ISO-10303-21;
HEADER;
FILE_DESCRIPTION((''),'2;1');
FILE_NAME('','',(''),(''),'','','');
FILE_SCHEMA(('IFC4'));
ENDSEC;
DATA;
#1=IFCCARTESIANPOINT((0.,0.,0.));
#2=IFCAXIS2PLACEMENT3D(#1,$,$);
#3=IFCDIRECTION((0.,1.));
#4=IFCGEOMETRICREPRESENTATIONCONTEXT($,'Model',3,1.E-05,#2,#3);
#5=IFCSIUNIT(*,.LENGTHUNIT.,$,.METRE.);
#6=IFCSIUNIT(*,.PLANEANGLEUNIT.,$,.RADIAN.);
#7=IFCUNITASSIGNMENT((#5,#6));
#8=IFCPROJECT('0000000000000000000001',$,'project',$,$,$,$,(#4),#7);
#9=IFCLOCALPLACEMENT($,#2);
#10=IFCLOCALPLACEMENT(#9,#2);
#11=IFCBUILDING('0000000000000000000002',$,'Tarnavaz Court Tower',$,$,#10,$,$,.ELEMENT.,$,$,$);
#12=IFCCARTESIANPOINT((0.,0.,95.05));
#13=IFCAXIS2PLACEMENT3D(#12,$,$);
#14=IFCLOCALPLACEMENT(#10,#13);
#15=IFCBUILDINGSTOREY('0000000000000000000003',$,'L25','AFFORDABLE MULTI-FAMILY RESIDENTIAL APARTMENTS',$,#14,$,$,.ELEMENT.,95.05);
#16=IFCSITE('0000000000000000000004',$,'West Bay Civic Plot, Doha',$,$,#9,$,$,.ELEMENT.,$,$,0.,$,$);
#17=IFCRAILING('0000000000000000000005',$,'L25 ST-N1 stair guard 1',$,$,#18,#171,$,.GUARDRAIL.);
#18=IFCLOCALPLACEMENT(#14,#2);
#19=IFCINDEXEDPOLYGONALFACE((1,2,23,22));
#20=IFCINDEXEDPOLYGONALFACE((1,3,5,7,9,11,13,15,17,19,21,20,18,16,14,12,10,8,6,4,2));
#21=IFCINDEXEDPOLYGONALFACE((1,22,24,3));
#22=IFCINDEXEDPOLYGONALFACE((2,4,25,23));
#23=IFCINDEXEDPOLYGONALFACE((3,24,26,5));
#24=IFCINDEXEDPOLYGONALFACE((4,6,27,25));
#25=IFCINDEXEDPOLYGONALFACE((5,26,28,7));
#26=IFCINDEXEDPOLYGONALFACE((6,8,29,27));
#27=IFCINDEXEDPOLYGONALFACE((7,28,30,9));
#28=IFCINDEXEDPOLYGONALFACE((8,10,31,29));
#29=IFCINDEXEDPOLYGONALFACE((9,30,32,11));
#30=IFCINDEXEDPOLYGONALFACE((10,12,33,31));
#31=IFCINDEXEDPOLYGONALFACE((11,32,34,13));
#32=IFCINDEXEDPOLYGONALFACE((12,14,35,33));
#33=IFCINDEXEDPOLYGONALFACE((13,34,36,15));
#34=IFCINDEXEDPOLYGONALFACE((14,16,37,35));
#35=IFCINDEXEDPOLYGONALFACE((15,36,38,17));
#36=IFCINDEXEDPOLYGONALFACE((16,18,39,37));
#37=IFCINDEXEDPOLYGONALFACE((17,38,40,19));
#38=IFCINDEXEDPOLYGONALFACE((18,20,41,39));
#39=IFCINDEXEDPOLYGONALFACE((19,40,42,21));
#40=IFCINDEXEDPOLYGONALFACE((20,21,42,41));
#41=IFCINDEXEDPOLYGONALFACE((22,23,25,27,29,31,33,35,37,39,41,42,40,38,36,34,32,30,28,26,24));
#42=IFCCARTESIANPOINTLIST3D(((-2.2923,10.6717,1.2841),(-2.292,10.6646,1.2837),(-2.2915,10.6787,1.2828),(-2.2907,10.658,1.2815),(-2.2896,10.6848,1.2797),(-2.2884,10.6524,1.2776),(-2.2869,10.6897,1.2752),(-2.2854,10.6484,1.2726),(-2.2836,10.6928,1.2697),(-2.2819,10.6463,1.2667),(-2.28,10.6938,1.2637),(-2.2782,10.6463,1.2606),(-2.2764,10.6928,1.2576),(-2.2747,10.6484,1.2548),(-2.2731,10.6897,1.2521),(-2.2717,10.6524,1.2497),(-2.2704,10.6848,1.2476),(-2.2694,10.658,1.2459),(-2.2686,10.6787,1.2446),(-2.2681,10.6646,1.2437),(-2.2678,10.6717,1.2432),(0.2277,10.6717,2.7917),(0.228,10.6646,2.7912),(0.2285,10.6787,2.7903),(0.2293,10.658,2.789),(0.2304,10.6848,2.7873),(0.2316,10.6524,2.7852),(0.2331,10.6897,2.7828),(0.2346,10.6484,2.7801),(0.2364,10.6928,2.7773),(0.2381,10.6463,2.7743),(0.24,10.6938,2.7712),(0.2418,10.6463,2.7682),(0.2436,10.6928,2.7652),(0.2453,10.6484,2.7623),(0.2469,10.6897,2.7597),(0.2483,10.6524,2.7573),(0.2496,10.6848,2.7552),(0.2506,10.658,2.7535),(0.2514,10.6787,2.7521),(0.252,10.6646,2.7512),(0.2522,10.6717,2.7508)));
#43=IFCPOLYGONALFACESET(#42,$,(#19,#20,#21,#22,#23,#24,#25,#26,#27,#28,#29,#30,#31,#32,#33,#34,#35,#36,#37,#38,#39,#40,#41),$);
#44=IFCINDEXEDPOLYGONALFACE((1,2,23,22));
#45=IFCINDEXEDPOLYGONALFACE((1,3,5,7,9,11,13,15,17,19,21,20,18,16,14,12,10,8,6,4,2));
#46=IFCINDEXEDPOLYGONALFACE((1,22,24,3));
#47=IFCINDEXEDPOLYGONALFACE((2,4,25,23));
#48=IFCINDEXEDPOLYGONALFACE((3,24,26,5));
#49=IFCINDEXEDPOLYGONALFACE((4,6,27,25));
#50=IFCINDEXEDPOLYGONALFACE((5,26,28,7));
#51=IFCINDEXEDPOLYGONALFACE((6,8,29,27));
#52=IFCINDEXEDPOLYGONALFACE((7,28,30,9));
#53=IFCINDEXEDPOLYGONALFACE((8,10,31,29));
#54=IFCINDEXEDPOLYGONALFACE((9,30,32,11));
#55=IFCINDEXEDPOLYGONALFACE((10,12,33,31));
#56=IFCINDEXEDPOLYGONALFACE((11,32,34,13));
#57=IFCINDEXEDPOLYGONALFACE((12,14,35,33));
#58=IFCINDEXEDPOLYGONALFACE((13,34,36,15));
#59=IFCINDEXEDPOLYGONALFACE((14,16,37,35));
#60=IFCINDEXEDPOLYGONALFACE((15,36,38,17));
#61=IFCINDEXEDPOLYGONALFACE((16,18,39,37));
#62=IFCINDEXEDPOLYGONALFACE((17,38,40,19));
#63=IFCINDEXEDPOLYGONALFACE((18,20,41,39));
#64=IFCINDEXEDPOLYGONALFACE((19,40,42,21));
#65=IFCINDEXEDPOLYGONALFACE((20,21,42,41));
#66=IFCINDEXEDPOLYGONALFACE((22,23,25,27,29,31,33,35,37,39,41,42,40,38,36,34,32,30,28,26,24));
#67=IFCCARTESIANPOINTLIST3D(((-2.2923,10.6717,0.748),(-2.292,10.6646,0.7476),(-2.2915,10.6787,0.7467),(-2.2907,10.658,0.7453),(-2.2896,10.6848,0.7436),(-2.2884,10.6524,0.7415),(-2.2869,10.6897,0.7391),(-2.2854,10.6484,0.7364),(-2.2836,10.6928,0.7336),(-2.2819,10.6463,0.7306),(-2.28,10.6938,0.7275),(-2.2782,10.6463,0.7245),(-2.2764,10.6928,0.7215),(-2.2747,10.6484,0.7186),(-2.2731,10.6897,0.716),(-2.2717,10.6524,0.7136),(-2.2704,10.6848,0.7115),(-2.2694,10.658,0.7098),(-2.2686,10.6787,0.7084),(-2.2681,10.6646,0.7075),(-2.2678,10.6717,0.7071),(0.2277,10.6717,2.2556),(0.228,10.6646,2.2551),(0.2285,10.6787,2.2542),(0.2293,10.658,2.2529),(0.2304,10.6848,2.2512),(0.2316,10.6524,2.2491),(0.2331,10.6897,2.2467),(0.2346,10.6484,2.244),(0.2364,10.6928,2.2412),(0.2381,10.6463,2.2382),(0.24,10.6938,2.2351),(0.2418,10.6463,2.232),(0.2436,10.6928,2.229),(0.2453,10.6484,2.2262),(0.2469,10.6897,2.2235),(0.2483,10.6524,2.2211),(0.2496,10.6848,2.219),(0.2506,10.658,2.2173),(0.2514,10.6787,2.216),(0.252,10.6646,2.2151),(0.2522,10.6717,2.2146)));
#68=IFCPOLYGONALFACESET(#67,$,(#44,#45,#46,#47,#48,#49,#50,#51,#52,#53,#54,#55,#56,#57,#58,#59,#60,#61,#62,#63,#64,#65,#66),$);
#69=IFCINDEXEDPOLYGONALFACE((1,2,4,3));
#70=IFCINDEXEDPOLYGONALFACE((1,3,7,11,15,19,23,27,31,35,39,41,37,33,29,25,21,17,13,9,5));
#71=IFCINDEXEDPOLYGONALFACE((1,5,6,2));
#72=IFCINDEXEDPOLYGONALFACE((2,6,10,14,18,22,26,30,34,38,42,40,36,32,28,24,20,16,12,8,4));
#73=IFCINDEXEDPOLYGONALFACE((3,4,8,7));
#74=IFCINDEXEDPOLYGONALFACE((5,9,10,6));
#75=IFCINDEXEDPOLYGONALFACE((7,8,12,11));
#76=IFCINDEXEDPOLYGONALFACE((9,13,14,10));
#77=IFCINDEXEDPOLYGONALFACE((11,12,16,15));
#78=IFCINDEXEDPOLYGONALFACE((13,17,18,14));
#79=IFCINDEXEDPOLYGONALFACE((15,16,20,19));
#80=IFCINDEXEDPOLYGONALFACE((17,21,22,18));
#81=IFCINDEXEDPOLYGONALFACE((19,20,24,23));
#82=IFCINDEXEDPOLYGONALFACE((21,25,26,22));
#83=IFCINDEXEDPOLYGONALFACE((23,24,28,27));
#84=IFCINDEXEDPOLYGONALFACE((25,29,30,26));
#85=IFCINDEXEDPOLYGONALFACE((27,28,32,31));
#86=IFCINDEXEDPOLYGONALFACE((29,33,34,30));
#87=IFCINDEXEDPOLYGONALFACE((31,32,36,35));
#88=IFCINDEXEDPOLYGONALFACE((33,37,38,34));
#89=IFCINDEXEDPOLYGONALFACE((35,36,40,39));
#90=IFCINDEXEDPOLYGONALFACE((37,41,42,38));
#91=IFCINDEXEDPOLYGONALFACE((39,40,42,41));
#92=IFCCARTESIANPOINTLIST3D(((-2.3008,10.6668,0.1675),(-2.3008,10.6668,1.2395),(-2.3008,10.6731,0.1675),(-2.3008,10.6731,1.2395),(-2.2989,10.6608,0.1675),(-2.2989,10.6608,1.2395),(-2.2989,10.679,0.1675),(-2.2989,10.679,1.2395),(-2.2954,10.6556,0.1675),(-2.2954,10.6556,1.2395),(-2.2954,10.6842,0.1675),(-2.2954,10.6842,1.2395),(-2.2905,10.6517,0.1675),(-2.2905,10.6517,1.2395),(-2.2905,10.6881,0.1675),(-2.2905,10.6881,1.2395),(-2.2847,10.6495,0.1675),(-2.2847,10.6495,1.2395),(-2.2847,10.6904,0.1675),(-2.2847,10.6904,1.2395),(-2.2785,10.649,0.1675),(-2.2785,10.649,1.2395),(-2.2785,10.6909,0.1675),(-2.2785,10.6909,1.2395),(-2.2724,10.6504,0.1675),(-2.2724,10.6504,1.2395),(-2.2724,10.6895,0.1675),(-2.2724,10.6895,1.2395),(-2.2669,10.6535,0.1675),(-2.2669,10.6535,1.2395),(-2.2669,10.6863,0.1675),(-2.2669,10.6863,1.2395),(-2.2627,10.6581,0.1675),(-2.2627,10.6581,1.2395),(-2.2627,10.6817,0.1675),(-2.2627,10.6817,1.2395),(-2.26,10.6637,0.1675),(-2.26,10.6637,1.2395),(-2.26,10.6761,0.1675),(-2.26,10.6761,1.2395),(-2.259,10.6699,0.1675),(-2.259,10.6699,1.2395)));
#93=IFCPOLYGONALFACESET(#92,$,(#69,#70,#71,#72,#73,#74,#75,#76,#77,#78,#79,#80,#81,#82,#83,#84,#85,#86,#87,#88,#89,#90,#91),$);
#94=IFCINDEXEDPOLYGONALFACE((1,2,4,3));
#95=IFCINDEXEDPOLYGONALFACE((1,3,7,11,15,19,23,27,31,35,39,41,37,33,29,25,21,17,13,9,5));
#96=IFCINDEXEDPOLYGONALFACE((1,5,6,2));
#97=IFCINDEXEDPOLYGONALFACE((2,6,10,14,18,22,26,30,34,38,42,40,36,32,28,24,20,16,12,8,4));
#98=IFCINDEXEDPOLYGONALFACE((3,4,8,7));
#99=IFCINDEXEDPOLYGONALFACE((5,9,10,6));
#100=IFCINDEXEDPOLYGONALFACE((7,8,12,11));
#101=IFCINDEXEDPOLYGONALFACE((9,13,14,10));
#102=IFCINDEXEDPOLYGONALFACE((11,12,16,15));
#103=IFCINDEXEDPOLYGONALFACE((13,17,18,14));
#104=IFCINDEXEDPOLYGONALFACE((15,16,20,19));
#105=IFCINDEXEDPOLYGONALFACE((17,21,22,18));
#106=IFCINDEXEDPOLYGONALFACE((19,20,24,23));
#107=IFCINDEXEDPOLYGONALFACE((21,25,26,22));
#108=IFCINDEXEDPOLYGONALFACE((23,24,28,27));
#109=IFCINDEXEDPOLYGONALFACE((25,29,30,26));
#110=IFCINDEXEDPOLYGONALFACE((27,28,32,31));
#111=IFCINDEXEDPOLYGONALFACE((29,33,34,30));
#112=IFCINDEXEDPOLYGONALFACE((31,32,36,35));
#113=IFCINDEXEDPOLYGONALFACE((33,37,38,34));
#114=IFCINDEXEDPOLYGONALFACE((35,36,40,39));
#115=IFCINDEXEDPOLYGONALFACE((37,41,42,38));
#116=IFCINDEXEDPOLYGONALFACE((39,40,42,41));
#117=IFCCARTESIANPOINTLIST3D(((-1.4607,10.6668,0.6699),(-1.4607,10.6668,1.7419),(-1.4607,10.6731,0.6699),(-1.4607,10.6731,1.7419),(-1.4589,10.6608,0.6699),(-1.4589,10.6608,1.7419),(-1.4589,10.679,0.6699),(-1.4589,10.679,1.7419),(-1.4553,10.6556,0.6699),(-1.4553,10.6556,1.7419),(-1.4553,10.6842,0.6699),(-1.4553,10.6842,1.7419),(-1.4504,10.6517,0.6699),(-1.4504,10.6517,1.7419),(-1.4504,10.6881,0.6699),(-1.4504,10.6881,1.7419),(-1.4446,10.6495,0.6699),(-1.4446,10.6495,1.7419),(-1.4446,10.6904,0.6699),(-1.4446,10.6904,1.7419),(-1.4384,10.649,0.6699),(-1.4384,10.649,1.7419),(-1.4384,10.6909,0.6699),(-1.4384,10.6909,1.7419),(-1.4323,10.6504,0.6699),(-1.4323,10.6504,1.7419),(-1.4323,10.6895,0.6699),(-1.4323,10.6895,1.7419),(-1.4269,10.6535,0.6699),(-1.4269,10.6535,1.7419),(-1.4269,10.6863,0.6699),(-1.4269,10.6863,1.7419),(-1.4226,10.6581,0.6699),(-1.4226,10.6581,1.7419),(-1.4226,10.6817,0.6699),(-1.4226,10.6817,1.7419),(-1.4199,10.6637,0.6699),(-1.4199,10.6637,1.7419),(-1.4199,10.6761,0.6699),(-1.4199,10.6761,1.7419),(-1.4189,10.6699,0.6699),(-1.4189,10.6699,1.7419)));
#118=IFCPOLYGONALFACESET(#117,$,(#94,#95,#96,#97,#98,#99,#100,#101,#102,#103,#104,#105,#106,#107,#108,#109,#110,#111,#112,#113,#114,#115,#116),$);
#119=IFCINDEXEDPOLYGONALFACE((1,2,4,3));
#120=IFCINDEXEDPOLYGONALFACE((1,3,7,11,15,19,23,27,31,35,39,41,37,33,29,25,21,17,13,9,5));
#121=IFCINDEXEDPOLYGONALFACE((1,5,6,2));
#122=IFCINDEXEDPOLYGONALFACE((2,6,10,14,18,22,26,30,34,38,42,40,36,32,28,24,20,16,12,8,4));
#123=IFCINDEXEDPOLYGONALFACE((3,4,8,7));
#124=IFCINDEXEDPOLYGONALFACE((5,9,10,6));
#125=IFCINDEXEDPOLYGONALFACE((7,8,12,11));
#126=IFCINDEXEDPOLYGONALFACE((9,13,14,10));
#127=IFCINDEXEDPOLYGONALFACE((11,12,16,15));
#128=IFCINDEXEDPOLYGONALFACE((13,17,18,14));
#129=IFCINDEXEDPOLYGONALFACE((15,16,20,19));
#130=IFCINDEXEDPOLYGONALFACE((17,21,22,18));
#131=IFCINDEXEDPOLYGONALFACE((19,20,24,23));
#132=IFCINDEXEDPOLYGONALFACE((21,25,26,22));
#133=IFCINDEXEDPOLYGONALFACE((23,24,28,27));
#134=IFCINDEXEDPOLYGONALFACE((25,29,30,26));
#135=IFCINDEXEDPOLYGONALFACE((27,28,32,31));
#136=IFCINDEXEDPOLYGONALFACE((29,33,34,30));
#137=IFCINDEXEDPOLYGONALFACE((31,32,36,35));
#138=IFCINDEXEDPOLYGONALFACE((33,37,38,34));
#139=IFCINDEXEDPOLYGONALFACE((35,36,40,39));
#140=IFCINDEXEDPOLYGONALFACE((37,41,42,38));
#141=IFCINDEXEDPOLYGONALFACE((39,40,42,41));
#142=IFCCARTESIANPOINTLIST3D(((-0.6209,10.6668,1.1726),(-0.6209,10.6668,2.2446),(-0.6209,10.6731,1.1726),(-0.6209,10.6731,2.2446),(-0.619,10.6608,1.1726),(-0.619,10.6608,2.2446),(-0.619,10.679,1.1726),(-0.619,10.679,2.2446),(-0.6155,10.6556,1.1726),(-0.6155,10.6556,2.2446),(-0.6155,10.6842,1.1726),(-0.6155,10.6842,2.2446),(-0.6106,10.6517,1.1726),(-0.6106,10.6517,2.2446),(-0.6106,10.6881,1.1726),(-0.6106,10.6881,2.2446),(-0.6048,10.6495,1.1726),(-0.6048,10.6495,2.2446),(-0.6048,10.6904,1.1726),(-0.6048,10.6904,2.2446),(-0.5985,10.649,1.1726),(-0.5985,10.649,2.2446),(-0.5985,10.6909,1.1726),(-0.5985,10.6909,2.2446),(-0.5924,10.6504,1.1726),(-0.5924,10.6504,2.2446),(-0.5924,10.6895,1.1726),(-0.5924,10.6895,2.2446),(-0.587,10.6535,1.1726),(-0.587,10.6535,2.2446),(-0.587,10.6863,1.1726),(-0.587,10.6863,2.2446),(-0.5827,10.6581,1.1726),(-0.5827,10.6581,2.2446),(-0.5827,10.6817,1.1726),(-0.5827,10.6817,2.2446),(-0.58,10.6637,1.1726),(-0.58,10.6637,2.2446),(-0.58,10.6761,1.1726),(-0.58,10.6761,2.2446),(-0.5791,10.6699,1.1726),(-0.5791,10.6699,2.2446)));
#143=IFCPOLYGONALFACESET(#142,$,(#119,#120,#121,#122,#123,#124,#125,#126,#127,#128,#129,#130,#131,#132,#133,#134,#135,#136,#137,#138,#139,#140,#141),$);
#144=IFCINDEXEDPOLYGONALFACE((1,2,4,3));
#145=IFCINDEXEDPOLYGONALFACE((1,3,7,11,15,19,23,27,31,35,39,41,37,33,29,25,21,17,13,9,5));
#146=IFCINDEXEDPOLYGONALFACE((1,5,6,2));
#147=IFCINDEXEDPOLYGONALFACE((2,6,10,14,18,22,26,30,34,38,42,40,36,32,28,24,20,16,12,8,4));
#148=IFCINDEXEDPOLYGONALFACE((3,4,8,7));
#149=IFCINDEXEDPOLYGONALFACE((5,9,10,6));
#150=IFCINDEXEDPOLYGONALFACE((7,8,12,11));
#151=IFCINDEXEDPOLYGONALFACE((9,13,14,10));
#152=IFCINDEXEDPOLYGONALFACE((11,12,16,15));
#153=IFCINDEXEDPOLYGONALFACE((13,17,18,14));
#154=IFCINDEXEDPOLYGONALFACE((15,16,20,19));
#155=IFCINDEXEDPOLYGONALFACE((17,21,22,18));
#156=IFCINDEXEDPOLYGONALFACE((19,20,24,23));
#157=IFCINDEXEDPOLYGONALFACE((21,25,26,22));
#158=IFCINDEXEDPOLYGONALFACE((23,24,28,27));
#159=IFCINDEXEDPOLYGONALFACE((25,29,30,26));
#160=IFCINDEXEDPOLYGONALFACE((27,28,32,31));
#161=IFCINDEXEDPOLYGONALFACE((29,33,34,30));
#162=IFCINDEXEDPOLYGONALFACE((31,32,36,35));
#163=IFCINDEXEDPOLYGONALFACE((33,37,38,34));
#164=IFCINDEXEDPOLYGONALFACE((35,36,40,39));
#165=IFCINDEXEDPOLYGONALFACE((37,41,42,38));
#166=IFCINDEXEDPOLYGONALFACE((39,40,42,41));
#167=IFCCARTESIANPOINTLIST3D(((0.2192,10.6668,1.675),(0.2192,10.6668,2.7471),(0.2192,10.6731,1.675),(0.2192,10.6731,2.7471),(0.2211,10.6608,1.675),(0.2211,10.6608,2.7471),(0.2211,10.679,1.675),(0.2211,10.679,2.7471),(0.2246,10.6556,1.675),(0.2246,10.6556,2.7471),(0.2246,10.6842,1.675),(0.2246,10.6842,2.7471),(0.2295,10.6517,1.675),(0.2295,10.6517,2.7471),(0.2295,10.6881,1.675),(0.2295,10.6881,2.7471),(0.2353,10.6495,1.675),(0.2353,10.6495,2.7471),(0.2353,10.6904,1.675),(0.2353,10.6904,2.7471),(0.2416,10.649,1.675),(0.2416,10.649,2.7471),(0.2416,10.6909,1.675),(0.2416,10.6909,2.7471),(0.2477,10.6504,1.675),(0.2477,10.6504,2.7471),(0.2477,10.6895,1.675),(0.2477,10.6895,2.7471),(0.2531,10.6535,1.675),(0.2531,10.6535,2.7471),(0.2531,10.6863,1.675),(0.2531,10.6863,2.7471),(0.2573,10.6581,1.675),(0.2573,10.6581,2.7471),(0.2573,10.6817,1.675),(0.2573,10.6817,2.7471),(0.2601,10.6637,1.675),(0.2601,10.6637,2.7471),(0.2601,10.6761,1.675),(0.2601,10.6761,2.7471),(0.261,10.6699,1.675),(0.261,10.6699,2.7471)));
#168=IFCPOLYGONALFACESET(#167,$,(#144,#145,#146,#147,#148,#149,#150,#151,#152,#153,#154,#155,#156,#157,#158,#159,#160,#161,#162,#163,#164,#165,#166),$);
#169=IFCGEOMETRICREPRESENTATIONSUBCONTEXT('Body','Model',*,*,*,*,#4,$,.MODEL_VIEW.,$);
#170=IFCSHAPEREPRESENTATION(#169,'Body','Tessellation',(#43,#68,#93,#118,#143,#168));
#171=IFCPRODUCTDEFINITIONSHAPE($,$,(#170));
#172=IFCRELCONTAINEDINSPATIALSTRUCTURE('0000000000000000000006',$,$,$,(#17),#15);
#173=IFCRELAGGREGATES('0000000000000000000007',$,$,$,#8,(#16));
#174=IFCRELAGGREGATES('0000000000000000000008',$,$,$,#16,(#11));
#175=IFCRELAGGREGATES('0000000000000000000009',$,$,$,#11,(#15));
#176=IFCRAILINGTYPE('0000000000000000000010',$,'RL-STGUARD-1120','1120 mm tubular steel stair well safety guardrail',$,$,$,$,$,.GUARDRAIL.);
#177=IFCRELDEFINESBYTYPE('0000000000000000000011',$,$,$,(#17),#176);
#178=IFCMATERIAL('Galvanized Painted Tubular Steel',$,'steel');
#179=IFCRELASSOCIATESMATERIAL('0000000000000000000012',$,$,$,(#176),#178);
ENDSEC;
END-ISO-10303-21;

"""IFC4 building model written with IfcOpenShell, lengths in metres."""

from ifc_helpers import new_model, si_unit, direction, frame, origin, origin_2d, place, context, subcontext, project, spatial, circle, extrude, material, type_object, element, save


model = new_model("IFC4")

# Units and contexts
model_context = context("Model", 3, precision=1e-05, world=origin(), true_north=direction((0.0, 1.0)))
body_context = subcontext(model_context, "Body", "Model", "MODEL_VIEW")
ifc_project = project(units=[si_unit("LENGTHUNIT", "METRE"), si_unit("PLANEANGLEUNIT", "RADIAN")], contexts=[model_context])

# Site, building, storey
site_placement = place(None, origin())
site = spatial("IfcSite", under=ifc_project, at=site_placement, Name="West Bay Civic Plot, Doha", CompositionType="ELEMENT", RefElevation=0.0)
building_placement = place(site_placement, origin())
building = spatial("IfcBuilding", under=site, at=building_placement, Name="Tarnavaz Court Tower", CompositionType="ELEMENT")
storey_placement = place(building_placement, frame((0.0, 0.0, 95.05)))
storey = spatial("IfcBuildingStorey", under=building, at=storey_placement, Name="L25", Description="AFFORDABLE MULTI-FAMILY RESIDENTIAL APARTMENTS", CompositionType="ELEMENT", Elevation=95.05)

# Railing
ifc_material_1 = material(Name="Galvanized Painted Tubular Steel", Category="steel")
railing_type_1 = type_object("IfcRailingType", Name="RL-STGUARD-1120", Description="1120 mm tubular steel stair well safety guardrail", PredefinedType="GUARDRAIL", material=ifc_material_1)
railing_1_placement = place(storey_placement, frame((-2.28, 10.6699, 0.1675)))
element("IfcRailing", 1, at=railing_1_placement, inside=storey, type_object=railing_type_1, Name="L25 ST-N1 stair guard 1", PredefinedType="GUARDRAIL", context=body_context, shape_type="SweptSolid", body=[
    extrude(circle(Radius=0.0239, at=origin_2d()), frame((0.0, 0.0, 1.0962), z_axis=(0.85816, 0.0, 0.513383), x_axis=(0.0, 1.0, 0.0)), (0.0, 0.0, 1.0), 2.9365),
    extrude(circle(Radius=0.0239, at=origin_2d()), frame((0.0, 0.0, 0.5601), z_axis=(0.85816, 0.0, 0.513383), x_axis=(0.0, 1.0, 0.0)), (0.0, 0.0, 1.0), 2.9365),
    extrude(circle(Radius=0.021, at=origin_2d()), origin(), (0.0, 0.0, 1.0), 1.072),
    extrude(circle(Radius=0.021, at=origin_2d()), frame((0.8401, 0.0, 0.5024)), (0.0, 0.0, 1.0), 1.072),
    extrude(circle(Radius=0.021, at=origin_2d()), frame((1.6799, 0.0, 1.0051)), (0.0, 0.0, 1.0), 1.072),
    extrude(circle(Radius=0.021, at=origin_2d()), frame((2.52, 0.0, 1.5076)), (0.0, 0.0, 1.0), 1.072),
])

save(model, "model.ifc")
